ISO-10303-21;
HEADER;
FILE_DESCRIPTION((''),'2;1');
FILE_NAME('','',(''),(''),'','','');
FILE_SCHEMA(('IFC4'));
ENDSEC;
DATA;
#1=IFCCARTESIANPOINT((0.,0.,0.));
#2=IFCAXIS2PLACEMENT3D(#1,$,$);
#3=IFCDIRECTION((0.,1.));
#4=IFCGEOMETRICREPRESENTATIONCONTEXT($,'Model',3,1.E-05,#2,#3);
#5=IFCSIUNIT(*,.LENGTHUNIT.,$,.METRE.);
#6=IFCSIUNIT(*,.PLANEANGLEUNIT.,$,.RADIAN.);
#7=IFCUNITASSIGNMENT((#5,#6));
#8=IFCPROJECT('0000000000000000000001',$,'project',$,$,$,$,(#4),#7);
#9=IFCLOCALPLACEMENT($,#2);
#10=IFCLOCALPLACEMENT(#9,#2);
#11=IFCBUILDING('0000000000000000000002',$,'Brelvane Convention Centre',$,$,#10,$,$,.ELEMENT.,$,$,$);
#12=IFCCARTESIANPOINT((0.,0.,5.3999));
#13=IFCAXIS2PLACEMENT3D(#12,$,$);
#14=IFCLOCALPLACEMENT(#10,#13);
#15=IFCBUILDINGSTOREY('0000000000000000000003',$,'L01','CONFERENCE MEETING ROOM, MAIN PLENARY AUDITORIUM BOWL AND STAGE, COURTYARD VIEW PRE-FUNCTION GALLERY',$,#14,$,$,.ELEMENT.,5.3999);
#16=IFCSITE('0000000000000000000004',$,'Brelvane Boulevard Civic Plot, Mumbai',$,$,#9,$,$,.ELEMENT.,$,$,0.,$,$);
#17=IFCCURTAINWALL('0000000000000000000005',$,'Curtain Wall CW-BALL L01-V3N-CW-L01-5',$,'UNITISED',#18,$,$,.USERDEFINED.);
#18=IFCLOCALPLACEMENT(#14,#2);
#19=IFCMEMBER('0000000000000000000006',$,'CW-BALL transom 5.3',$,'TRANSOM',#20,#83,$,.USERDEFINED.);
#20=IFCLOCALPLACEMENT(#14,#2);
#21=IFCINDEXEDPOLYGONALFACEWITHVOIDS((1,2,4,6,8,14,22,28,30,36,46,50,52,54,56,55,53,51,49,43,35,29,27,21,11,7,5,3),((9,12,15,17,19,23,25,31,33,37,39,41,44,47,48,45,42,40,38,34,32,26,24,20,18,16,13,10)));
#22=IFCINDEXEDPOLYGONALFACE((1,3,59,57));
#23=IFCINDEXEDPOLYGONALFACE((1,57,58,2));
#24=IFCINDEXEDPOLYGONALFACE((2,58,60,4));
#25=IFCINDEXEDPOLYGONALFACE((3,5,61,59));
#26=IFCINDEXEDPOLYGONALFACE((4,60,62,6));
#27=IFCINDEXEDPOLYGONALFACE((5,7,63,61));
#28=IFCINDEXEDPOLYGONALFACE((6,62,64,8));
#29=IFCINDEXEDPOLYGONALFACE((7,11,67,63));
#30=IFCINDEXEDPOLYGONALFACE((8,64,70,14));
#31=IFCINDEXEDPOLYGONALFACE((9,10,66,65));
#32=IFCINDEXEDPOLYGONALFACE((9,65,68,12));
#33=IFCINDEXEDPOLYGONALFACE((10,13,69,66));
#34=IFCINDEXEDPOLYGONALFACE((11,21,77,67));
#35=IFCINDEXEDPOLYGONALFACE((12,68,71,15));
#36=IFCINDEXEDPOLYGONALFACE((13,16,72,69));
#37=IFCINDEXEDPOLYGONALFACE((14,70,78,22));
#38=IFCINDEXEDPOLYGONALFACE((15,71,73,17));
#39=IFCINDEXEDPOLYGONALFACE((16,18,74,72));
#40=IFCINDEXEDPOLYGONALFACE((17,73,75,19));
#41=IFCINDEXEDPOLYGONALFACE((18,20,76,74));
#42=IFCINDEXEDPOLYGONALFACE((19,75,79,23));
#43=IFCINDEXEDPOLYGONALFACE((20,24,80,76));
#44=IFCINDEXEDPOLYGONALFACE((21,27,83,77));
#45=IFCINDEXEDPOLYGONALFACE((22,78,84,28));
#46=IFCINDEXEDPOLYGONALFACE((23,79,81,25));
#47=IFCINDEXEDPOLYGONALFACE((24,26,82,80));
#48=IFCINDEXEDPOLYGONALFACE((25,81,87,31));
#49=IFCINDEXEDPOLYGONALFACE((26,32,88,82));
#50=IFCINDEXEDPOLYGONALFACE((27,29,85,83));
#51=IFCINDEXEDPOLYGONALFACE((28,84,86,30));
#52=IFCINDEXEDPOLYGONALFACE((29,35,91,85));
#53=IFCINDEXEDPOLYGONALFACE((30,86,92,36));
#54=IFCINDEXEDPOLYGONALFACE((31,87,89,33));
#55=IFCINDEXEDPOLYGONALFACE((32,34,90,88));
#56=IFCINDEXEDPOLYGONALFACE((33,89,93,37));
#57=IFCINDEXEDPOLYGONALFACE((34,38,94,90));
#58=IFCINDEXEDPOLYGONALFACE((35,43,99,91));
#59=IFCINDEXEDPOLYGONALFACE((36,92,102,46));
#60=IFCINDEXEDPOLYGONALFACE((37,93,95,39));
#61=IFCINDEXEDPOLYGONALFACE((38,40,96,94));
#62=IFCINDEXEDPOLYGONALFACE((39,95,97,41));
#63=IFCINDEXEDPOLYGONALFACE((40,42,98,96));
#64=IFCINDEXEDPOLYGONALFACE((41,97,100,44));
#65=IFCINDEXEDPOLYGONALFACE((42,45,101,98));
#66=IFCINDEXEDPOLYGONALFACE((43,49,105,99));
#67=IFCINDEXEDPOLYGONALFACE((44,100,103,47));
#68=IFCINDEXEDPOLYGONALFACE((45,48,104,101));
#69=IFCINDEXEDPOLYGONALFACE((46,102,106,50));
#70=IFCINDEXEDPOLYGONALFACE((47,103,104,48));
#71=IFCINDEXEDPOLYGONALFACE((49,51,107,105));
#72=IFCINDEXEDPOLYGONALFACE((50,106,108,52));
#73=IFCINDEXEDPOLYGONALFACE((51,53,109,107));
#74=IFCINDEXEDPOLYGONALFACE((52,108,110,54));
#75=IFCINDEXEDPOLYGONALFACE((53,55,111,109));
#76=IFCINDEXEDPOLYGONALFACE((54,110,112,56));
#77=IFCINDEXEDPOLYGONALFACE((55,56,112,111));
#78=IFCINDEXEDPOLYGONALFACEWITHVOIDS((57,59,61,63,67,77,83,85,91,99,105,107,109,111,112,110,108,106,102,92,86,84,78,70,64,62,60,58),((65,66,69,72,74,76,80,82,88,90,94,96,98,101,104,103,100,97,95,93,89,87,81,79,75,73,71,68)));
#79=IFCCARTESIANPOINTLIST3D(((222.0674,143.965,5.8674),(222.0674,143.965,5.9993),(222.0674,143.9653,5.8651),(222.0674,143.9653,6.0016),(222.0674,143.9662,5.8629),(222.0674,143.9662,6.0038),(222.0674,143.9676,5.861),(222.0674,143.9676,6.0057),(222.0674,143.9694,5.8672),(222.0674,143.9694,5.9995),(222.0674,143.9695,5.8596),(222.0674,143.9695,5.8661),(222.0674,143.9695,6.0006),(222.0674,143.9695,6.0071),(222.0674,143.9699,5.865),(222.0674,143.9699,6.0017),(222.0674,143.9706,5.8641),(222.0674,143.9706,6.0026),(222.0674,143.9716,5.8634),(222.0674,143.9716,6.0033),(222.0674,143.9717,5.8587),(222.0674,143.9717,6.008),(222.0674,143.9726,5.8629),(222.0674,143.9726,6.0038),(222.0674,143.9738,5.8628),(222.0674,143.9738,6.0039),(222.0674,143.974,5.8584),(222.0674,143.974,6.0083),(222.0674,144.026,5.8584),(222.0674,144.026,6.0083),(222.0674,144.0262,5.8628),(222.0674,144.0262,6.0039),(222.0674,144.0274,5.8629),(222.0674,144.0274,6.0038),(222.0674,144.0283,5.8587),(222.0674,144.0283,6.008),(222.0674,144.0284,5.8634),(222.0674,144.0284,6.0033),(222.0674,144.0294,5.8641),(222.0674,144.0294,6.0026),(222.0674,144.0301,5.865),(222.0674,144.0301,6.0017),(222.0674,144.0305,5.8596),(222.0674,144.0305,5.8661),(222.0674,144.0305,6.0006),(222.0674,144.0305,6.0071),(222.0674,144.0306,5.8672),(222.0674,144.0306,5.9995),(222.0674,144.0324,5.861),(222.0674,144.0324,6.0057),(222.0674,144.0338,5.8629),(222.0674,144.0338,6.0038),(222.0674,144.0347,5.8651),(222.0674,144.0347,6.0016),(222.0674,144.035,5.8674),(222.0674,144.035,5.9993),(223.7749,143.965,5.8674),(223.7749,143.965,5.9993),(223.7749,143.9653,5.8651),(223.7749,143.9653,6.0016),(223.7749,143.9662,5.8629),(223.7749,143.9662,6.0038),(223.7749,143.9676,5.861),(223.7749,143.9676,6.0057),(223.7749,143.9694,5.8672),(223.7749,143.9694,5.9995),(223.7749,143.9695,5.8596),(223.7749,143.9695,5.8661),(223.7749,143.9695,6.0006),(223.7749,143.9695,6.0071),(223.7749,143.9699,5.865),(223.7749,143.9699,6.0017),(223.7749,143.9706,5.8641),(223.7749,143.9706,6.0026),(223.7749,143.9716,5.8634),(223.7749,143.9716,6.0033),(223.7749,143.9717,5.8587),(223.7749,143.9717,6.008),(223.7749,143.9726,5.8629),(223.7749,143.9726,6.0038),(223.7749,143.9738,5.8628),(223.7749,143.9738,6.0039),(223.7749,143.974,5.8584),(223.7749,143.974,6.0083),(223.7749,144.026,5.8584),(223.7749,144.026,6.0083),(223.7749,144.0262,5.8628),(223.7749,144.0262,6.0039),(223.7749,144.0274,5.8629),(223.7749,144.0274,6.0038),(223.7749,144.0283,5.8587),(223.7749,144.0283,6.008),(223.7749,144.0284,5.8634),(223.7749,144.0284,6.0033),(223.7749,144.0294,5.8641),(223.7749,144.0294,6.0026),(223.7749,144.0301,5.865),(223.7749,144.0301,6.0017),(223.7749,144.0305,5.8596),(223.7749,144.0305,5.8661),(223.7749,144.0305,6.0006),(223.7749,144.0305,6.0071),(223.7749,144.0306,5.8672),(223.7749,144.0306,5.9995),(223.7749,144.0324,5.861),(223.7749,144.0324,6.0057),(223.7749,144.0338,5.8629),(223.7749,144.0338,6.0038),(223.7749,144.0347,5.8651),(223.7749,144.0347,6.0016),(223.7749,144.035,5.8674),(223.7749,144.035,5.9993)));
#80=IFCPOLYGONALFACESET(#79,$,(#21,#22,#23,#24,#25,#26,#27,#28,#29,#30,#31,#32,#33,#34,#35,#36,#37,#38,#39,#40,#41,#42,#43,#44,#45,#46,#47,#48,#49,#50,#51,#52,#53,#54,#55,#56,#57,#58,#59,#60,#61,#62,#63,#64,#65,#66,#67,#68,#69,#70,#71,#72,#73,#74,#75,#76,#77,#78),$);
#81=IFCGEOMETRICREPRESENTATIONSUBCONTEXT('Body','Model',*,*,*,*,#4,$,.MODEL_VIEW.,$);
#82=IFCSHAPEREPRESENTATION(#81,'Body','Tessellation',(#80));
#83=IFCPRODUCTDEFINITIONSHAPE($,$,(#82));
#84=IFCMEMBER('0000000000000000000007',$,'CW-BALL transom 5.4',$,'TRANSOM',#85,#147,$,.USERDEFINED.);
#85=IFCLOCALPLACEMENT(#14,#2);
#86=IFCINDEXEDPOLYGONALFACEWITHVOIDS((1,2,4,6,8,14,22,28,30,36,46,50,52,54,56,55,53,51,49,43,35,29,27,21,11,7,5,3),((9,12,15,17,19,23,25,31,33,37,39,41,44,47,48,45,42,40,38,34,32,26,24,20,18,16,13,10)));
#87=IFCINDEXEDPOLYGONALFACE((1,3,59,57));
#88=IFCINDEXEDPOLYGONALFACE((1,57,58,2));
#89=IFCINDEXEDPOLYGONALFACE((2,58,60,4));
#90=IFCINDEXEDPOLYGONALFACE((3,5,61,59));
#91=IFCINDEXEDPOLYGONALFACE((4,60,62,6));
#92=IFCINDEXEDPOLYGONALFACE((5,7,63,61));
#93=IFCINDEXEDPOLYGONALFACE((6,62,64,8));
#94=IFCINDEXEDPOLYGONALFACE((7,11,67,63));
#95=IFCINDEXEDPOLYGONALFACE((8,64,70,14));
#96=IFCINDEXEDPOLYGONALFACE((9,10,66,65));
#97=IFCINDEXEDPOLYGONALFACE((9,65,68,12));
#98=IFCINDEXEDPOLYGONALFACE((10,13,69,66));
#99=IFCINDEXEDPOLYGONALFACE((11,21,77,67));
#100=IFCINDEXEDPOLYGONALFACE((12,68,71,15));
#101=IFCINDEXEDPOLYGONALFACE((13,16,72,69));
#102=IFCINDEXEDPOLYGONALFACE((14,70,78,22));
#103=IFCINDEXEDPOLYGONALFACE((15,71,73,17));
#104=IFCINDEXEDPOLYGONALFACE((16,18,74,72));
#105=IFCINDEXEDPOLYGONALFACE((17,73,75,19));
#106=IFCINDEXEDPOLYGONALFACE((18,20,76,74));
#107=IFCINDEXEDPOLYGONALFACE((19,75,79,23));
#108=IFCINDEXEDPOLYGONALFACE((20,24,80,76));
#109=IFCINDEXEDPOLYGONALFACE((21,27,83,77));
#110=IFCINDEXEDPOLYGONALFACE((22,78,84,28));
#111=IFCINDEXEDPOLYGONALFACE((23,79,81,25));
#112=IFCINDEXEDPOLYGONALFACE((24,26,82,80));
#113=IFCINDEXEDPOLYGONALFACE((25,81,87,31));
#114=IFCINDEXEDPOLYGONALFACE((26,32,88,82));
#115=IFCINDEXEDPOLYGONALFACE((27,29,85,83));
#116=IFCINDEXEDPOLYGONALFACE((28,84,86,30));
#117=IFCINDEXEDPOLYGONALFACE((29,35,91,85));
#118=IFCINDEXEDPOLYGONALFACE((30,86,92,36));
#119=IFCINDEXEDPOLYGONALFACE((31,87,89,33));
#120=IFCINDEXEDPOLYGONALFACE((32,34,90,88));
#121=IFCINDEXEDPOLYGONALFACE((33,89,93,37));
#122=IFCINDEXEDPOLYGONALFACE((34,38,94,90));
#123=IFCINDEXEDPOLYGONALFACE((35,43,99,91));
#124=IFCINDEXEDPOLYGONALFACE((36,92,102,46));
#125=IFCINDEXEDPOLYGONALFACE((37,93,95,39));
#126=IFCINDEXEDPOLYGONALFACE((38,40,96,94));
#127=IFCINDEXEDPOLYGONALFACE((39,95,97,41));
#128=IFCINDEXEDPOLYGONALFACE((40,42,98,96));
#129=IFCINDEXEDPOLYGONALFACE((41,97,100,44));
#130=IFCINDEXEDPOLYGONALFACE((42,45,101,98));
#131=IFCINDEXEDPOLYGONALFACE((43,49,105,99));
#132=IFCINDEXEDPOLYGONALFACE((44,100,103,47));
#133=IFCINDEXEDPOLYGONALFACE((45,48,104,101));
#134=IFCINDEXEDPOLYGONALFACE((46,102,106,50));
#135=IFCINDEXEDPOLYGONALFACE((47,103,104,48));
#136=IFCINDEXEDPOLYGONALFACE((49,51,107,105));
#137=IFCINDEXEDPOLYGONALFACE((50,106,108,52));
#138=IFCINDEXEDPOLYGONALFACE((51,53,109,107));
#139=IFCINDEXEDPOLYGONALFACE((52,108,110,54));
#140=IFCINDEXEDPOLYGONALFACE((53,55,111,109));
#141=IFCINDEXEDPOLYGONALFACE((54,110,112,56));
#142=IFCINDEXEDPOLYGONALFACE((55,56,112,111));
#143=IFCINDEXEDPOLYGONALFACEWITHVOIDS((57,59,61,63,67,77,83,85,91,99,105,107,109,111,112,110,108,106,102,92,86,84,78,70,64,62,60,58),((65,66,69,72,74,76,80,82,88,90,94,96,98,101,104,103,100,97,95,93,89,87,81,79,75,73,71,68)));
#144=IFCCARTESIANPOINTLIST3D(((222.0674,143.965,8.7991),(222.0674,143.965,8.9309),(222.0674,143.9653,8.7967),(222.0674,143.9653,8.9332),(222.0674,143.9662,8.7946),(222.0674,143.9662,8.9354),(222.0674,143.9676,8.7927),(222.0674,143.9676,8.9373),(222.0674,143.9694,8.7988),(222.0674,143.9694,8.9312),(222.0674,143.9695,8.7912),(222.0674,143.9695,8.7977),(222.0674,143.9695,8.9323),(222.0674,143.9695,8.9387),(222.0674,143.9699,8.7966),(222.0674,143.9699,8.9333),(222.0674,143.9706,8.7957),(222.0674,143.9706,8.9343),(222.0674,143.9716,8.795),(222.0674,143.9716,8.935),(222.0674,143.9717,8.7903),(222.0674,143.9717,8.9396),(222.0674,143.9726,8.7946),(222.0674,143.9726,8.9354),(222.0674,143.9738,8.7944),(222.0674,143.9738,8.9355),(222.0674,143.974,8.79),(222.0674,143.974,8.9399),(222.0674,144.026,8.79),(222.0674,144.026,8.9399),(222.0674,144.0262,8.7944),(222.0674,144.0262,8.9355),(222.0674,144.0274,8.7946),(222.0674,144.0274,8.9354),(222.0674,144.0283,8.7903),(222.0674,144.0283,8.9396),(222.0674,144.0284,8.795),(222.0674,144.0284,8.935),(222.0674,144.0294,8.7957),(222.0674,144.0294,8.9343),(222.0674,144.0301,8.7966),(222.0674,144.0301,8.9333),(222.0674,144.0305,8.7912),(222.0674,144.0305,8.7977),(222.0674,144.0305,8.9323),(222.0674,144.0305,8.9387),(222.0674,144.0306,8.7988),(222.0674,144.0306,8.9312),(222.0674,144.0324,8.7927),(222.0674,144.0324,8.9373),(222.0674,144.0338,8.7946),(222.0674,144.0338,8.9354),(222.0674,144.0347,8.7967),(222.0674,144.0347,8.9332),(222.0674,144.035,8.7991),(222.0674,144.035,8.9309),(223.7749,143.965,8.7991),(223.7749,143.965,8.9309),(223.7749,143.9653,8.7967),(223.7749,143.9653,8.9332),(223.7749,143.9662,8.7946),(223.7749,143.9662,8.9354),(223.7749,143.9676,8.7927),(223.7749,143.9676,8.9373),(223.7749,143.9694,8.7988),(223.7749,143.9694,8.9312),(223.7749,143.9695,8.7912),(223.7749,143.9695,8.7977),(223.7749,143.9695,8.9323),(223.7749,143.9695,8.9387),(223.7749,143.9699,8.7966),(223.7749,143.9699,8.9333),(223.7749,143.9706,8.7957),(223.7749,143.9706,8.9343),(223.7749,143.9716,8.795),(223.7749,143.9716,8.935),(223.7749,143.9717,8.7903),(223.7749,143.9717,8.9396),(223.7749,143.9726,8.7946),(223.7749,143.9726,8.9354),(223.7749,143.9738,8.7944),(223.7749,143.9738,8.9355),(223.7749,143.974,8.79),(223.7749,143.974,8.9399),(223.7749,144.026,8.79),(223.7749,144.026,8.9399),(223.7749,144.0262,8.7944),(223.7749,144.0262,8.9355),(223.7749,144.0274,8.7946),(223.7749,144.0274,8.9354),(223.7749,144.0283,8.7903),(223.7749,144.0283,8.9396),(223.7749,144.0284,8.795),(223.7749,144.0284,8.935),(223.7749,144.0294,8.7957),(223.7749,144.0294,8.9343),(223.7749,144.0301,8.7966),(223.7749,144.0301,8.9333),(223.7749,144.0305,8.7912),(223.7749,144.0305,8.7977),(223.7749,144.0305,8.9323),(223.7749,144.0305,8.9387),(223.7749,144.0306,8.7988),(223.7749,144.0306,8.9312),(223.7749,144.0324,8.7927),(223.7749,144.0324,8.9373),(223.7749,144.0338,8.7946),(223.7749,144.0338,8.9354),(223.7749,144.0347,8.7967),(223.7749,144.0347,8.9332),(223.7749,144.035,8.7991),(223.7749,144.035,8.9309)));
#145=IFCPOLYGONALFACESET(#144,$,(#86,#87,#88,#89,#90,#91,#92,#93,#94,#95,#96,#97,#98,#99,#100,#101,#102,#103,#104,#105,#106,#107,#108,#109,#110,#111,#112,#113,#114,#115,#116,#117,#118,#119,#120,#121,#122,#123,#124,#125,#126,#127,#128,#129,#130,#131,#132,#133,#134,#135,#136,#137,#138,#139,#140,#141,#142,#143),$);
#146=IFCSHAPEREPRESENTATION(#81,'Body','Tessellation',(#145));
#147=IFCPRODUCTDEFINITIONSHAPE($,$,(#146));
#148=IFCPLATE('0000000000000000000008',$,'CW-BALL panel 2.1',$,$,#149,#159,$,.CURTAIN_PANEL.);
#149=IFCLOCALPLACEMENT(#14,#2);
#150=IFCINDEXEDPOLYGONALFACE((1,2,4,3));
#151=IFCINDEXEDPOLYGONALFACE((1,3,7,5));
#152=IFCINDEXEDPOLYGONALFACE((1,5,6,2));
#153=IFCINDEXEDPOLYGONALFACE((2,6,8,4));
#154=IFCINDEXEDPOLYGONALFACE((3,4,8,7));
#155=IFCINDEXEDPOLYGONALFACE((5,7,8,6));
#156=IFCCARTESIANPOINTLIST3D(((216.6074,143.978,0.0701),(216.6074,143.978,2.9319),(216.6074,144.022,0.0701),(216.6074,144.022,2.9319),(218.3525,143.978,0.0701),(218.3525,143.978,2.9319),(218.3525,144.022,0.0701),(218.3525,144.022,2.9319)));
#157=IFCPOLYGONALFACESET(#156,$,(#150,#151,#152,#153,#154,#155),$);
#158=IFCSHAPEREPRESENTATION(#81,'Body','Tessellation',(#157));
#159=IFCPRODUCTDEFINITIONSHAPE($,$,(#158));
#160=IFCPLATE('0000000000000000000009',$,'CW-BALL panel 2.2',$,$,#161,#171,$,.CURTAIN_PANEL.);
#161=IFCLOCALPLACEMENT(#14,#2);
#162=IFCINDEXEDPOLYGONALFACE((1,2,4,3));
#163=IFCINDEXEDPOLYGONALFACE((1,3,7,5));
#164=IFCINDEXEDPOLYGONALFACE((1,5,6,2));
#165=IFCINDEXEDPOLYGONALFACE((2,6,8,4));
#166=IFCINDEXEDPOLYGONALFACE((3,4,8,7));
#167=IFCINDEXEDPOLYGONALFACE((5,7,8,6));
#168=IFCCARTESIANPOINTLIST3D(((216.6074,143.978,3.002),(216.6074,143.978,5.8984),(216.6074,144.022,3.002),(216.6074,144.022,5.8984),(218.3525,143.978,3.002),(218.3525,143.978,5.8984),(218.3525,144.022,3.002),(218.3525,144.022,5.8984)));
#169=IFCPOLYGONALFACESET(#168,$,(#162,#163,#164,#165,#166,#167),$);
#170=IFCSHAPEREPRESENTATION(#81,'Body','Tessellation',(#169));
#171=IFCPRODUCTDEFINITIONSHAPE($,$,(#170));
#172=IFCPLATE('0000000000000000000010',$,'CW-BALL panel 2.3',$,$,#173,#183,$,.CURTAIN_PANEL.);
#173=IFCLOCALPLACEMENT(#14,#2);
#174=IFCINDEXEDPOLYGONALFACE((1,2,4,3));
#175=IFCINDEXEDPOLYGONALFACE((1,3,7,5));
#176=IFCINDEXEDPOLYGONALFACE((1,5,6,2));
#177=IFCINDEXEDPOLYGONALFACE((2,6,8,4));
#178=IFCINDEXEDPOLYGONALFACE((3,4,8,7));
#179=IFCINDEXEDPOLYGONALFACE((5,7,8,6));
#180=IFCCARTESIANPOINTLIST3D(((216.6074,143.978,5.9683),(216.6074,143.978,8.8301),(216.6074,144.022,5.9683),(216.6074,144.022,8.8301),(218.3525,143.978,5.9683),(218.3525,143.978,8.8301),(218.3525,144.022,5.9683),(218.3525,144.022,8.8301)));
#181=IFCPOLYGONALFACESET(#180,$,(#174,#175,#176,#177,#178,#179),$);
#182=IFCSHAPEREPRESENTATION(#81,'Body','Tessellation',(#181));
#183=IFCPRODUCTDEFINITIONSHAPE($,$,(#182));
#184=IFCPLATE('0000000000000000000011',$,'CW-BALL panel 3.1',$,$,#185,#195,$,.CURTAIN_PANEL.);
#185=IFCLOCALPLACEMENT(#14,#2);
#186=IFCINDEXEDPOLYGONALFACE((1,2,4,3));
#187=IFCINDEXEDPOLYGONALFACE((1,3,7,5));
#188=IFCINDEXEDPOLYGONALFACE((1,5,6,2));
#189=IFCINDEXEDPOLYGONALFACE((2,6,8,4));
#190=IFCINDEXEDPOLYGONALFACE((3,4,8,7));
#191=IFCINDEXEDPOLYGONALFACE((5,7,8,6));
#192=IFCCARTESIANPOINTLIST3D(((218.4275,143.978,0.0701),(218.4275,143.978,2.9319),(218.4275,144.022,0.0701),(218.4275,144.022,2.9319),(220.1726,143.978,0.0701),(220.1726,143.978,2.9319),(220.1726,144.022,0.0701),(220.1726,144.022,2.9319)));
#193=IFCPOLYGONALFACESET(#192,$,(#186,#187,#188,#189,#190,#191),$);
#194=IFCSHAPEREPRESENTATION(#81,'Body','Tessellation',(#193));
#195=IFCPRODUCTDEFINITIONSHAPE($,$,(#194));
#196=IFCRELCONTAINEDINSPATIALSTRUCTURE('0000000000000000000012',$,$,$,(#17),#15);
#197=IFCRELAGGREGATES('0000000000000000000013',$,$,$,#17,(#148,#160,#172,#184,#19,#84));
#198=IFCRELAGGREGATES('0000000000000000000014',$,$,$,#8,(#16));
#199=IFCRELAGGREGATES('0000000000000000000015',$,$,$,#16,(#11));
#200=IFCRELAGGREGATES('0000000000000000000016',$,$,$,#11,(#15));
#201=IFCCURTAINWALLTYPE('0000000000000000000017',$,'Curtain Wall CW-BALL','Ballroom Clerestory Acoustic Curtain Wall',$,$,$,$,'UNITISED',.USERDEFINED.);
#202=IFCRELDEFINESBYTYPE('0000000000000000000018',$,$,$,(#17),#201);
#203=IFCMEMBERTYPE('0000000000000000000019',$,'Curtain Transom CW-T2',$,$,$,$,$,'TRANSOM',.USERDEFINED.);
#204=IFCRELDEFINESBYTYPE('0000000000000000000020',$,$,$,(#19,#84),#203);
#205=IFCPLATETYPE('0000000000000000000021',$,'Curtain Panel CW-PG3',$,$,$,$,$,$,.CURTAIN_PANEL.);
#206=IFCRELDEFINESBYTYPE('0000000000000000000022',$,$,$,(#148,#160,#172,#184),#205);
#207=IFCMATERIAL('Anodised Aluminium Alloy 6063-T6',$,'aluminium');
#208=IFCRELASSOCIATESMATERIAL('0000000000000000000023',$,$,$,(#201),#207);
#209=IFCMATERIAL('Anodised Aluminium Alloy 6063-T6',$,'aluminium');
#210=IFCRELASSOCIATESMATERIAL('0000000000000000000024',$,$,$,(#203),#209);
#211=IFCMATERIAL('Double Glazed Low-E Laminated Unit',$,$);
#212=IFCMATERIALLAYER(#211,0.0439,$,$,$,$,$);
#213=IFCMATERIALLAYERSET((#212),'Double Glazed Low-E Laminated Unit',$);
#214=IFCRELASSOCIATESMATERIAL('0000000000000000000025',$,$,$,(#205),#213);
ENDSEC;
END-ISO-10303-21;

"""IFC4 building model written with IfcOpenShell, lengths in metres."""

from ifc_helpers import new_model, si_unit, direction, frame, origin, origin_2d, place, context, subcontext, project, spatial, rectangle, hollow_rectangle, extrude, material, layer, layer_set, material_profile, profile_set, type_object, element, aggregate, save


model = new_model("IFC4")

# Units and contexts
model_context = context("Model", 3, precision=1e-05, world=origin(), true_north=direction((0.0, 1.0)))
body_context = subcontext(model_context, "Body", "Model", "MODEL_VIEW")
ifc_project = project(units=[si_unit("LENGTHUNIT", "METRE"), si_unit("PLANEANGLEUNIT", "RADIAN")], contexts=[model_context])

# Site, building, storey
site_placement = place(None, origin())
site = spatial("IfcSite", under=ifc_project, at=site_placement, Name="Brelvane Boulevard Civic Plot, Mumbai", CompositionType="ELEMENT", RefElevation=0.0)
building_placement = place(site_placement, origin())
building = spatial("IfcBuilding", under=site, at=building_placement, Name="Brelvane Convention Centre", CompositionType="ELEMENT")
storey_placement = place(building_placement, frame((0.0, 0.0, 5.3999)))
storey = spatial("IfcBuildingStorey", under=building, at=storey_placement, Name="L01", Description="CONFERENCE MEETING ROOM, MAIN PLENARY AUDITORIUM BOWL AND STAGE, COURTYARD VIEW PRE-FUNCTION GALLERY", CompositionType="ELEMENT", Elevation=5.3999)

# Curtain wall, members, plates
ifc_material_1 = material(Name="Anodised Aluminium Alloy 6063-T6", Category="aluminium")
curtain_wall_type = type_object("IfcCurtainWallType", Name="Curtain Wall CW-BALL", Description="Ballroom Clerestory Acoustic Curtain Wall", ElementType="UNITISED", PredefinedType="USERDEFINED", material=ifc_material_1)
curtain_wall_placement = place(storey_placement, origin())
curtain_wall = element("IfcCurtainWall", 1, at=curtain_wall_placement, inside=storey, type_object=curtain_wall_type, Name="Curtain Wall CW-BALL L01-V3N-CW-L01-5", ObjectType="UNITISED", PredefinedType="USERDEFINED")
ifc_material_2 = material(Name="Anodised Aluminium Alloy 6063-T6", Category="aluminium")
ifc_material_profile_1 = material_profile(ifc_material_2, hollow_rectangle(XDim=0.0701, YDim=0.1499, WallThickness=0.0044, InnerFilletRadius=0.0044, OuterFilletRadius=0.009, at=origin_2d()), Name="ALU-T 150x70x4.5")
ifc_profile_set_1 = profile_set([ifc_material_profile_1], Name="Anodised Aluminium Alloy 6063-T6")
member_type_1 = type_object("IfcMemberType", Name="Curtain Transom CW-T2", ElementType="TRANSOM", PredefinedType="USERDEFINED", material=ifc_profile_set_1)
member_1_placement = place(storey_placement, frame((222.0674, 144.0, 5.9333), z_axis=(1.0, 0.0, 0.0), x_axis=(0.0, 1.0, 0.0)))
member_1 = element("IfcMember", 2, at=member_1_placement, type_object=member_type_1, Name="CW-BALL transom 5.3", ObjectType="TRANSOM", PredefinedType="USERDEFINED", context=body_context, shape_type="SweptSolid", body=[
    extrude(hollow_rectangle(XDim=0.0701, YDim=0.1499, WallThickness=0.0044, InnerFilletRadius=0.0044, OuterFilletRadius=0.009, at=origin_2d()), origin(), (0.0, 0.0, 1.0), 1.7075),
])
member_2_placement = place(storey_placement, frame((222.0674, 144.0, 8.865), z_axis=(1.0, 0.0, 0.0), x_axis=(0.0, 1.0, 0.0)))
member_2 = element("IfcMember", 3, at=member_2_placement, type_object=member_type_1, Name="CW-BALL transom 5.4", ObjectType="TRANSOM", PredefinedType="USERDEFINED", context=body_context, shape_type="SweptSolid", body=[
    extrude(hollow_rectangle(XDim=0.0701, YDim=0.1499, WallThickness=0.0044, InnerFilletRadius=0.0044, OuterFilletRadius=0.009, at=origin_2d()), origin(), (0.0, 0.0, 1.0), 1.7075),
])
ifc_material_3 = material(Name="Double Glazed Low-E Laminated Unit")
ifc_layer = layer(ifc_material_3, 0.0439)
ifc_layer_set = layer_set([ifc_layer], Name="Double Glazed Low-E Laminated Unit")
plate_type = type_object("IfcPlateType", Name="Curtain Panel CW-PG3", PredefinedType="CURTAIN_PANEL", material=ifc_layer_set)
plate_1_placement = place(storey_placement, frame((217.48, 144.0, 0.0701), z_axis=(0.0, 0.0, 1.0), x_axis=(1.0, 0.0, 0.0)))
plate_1 = element("IfcPlate", 4, at=plate_1_placement, type_object=plate_type, Name="CW-BALL panel 2.1", PredefinedType="CURTAIN_PANEL", context=body_context, shape_type="SweptSolid", body=[
    extrude(rectangle(XDim=1.7451, YDim=0.0439, at=origin_2d()), origin(), (0.0, 0.0, 1.0), 2.8618),
])
plate_2_placement = place(storey_placement, frame((217.48, 144.0, 3.002), z_axis=(0.0, 0.0, 1.0), x_axis=(1.0, 0.0, 0.0)))
plate_2 = element("IfcPlate", 5, at=plate_2_placement, type_object=plate_type, Name="CW-BALL panel 2.2", PredefinedType="CURTAIN_PANEL", context=body_context, shape_type="SweptSolid", body=[
    extrude(rectangle(XDim=1.7451, YDim=0.0439, at=origin_2d()), origin(), (0.0, 0.0, 1.0), 2.8965),
])
plate_3_placement = place(storey_placement, frame((217.48, 144.0, 5.9683), z_axis=(0.0, 0.0, 1.0), x_axis=(1.0, 0.0, 0.0)))
plate_3 = element("IfcPlate", 6, at=plate_3_placement, type_object=plate_type, Name="CW-BALL panel 2.3", PredefinedType="CURTAIN_PANEL", context=body_context, shape_type="SweptSolid", body=[
    extrude(rectangle(XDim=1.7451, YDim=0.0439, at=origin_2d()), origin(), (0.0, 0.0, 1.0), 2.8618),
])
plate_4_placement = place(storey_placement, frame((219.3, 144.0, 0.0701), z_axis=(0.0, 0.0, 1.0), x_axis=(1.0, 0.0, 0.0)))
plate_4 = element("IfcPlate", 7, at=plate_4_placement, type_object=plate_type, Name="CW-BALL panel 3.1", PredefinedType="CURTAIN_PANEL", context=body_context, shape_type="SweptSolid", body=[
    extrude(rectangle(XDim=1.7451, YDim=0.0439, at=origin_2d()), origin(), (0.0, 0.0, 1.0), 2.8618),
])
aggregate(curtain_wall, [plate_1, plate_2, plate_3, plate_4, member_1, member_2])

save(model, "model.ifc")
